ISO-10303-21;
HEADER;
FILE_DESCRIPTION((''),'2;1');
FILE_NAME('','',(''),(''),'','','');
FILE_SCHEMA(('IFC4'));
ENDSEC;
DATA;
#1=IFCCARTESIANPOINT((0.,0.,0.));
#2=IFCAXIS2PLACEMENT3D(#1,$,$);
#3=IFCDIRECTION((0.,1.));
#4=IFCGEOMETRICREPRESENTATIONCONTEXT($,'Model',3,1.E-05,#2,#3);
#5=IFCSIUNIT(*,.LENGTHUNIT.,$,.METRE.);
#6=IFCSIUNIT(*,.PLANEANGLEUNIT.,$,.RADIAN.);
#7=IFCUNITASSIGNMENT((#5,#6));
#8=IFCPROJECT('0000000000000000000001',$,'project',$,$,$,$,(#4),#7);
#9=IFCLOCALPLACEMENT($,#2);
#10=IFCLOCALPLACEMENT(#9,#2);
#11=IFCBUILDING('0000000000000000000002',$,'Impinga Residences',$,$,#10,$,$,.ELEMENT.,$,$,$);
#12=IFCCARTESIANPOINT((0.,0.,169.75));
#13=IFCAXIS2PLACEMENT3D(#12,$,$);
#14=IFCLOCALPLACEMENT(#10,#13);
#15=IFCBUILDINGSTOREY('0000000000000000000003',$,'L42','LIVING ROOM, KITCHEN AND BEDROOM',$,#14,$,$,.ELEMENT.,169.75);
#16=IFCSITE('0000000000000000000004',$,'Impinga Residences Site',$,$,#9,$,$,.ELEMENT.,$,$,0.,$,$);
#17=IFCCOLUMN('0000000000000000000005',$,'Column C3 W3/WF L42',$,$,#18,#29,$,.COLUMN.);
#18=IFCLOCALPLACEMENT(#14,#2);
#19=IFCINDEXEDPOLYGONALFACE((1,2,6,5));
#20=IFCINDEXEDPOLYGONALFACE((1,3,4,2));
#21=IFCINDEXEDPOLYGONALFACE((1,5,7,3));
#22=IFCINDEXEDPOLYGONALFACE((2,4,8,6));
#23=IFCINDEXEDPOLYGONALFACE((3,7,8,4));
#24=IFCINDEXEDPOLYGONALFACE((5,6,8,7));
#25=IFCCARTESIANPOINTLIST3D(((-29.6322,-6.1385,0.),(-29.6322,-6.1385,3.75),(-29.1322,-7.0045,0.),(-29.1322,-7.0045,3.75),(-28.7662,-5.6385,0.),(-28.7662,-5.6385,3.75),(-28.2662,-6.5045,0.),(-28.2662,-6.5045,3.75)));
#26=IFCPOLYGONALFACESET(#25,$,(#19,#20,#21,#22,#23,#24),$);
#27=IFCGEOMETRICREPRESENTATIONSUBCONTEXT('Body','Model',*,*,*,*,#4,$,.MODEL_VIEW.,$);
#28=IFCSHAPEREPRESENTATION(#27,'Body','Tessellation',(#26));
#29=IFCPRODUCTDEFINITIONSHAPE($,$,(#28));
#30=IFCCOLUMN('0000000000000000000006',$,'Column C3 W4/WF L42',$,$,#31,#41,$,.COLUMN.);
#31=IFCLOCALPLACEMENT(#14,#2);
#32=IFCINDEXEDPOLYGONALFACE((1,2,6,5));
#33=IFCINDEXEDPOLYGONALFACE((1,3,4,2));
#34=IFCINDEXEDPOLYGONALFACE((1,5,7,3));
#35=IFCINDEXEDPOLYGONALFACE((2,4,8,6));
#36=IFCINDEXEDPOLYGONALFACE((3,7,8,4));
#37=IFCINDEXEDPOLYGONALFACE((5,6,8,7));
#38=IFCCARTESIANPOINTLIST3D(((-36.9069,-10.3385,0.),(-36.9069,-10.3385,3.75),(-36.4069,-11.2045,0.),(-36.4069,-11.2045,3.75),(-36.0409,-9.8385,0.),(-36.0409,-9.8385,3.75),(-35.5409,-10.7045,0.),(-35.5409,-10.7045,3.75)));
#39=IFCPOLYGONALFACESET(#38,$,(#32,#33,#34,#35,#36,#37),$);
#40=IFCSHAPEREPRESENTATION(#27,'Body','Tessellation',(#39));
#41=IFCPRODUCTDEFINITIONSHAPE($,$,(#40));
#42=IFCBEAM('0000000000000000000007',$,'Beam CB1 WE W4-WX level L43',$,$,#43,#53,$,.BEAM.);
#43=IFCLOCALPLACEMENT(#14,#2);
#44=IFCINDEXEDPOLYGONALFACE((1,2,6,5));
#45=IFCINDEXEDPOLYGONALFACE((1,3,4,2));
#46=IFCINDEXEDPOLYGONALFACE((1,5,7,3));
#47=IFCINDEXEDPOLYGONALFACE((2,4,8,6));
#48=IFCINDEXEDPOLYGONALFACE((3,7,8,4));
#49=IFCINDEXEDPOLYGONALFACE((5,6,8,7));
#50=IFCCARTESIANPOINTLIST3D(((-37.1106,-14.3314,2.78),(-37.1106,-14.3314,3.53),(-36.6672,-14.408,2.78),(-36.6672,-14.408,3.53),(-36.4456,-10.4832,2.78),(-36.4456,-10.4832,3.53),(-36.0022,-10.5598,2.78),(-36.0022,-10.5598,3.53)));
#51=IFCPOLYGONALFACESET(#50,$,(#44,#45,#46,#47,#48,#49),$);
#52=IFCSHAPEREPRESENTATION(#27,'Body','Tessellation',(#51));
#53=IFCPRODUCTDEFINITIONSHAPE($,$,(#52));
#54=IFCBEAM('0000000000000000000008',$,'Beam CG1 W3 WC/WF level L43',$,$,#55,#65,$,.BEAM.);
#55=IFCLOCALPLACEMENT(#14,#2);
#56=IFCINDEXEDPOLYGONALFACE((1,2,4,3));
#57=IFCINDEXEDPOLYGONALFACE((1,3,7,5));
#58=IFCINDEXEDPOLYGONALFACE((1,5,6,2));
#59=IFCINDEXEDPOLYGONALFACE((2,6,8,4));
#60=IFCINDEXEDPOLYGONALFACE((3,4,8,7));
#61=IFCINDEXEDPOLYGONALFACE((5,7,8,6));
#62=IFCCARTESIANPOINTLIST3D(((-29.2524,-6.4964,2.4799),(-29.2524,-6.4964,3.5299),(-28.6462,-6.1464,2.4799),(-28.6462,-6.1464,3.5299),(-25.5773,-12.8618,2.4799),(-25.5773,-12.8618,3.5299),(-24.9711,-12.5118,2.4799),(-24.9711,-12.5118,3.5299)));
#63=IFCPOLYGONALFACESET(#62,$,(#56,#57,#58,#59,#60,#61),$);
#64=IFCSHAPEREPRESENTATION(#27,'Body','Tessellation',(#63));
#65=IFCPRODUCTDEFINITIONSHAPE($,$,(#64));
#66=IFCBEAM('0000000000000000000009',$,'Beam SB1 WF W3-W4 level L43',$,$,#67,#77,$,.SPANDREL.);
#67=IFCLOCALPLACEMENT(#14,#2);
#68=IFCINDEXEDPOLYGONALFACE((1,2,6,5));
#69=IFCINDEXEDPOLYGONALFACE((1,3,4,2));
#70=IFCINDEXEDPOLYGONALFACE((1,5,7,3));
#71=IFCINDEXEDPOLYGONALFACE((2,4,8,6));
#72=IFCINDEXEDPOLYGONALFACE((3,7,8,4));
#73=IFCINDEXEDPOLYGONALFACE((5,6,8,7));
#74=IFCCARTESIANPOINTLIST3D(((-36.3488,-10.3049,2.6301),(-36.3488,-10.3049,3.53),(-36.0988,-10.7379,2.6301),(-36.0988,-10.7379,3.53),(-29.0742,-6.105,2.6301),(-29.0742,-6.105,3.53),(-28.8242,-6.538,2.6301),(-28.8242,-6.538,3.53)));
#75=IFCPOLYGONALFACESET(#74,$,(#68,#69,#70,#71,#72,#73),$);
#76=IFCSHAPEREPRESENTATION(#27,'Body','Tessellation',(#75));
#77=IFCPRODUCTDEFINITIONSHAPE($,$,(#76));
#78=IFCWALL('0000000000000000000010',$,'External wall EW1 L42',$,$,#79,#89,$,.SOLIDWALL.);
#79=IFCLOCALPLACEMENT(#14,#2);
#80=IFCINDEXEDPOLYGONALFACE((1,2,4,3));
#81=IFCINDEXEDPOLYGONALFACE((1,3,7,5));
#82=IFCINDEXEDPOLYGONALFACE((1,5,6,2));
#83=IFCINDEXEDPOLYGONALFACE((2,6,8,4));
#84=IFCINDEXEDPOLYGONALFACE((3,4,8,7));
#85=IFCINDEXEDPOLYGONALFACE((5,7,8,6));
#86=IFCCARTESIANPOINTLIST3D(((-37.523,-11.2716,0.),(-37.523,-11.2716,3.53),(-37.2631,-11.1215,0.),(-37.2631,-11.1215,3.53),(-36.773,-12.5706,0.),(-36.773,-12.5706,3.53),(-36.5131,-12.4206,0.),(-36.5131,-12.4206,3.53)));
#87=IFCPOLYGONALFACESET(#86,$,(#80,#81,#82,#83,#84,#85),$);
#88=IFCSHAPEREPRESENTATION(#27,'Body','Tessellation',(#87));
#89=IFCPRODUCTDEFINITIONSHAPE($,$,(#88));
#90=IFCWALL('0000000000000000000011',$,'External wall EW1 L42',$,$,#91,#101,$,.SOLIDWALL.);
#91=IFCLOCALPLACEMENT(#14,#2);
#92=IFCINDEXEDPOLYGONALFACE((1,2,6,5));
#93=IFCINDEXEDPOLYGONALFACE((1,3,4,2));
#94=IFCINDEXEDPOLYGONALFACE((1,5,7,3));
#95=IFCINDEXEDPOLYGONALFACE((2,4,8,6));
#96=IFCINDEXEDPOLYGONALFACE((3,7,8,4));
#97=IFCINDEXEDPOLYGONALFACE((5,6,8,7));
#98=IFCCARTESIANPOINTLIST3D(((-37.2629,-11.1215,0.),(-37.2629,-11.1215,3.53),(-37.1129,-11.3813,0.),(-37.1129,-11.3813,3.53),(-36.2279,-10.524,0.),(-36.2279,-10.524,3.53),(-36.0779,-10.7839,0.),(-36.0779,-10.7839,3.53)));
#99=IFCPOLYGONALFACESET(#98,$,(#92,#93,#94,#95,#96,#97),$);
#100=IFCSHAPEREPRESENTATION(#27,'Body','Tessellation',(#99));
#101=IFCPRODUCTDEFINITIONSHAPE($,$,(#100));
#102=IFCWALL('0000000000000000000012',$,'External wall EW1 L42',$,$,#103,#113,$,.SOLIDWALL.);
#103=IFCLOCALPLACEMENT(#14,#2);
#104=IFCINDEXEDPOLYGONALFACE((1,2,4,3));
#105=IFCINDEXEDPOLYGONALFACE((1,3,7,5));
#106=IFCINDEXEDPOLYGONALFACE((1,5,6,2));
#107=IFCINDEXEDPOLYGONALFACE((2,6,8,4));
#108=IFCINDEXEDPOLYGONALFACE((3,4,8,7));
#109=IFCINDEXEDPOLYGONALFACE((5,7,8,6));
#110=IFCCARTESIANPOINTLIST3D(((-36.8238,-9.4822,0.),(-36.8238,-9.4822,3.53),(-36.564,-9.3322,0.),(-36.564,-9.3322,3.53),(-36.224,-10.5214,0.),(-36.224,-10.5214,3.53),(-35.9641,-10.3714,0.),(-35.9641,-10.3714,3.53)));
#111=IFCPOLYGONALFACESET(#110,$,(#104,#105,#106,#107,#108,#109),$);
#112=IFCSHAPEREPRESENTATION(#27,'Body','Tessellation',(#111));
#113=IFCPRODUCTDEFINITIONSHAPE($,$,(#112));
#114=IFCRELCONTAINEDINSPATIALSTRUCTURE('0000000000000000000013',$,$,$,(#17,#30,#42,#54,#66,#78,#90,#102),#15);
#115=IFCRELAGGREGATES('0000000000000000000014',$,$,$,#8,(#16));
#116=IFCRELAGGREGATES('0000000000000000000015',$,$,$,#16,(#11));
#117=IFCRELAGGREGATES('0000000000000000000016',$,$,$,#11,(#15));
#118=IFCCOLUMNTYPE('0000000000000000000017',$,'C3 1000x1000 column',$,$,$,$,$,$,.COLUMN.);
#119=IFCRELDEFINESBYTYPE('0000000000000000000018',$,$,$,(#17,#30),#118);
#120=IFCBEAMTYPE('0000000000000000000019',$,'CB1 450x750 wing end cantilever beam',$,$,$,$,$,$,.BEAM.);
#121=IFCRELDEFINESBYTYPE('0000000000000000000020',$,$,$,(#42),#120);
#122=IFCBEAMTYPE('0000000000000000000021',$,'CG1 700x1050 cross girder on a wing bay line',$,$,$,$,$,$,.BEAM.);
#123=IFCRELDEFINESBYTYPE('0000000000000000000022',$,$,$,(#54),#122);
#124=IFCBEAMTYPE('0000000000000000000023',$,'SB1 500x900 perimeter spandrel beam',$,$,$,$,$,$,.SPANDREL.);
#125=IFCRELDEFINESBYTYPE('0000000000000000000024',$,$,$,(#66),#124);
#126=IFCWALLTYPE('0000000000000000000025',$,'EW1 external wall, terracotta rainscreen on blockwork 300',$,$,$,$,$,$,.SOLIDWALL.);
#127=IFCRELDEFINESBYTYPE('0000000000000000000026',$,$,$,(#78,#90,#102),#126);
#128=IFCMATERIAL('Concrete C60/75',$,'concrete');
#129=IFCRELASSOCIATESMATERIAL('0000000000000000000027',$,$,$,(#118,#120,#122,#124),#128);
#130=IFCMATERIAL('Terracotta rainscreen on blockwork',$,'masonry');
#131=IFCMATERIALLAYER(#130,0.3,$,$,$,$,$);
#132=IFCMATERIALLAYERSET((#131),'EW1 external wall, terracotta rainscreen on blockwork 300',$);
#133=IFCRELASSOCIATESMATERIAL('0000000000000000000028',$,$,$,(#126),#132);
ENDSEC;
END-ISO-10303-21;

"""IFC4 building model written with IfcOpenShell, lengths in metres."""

from ifc_helpers import new_model, si_unit, direction, frame, frame_2d, origin, origin_2d, place, context, subcontext, project, spatial, rectangle, extrude, material, layer, layer_set, material_profile, profile_set, type_object, element, save


model = new_model("IFC4")

# Units and contexts
model_context = context("Model", 3, precision=1e-05, world=origin(), true_north=direction((0.0, 1.0)))
body_context = subcontext(model_context, "Body", "Model", "MODEL_VIEW")
ifc_project = project(units=[si_unit("LENGTHUNIT", "METRE"), si_unit("PLANEANGLEUNIT", "RADIAN")], contexts=[model_context])

# Site, building, storey
site_placement = place(None, origin())
site = spatial("IfcSite", under=ifc_project, at=site_placement, Name="Impinga Residences Site", CompositionType="ELEMENT", RefElevation=0.0)
building_placement = place(site_placement, origin())
building = spatial("IfcBuilding", under=site, at=building_placement, Name="Impinga Residences", CompositionType="ELEMENT")
storey_placement = place(building_placement, frame((0.0, 0.0, 169.75)))
storey = spatial("IfcBuildingStorey", under=building, at=storey_placement, Name="L42", Description="LIVING ROOM, KITCHEN AND BEDROOM", CompositionType="ELEMENT", Elevation=169.75)

# Columns
ifc_material_1 = material(Name="Concrete C60/75", Category="concrete")
ifc_material_profile_1 = material_profile(ifc_material_1, rectangle(XDim=1.0, YDim=1.0, at=origin_2d()), Name="RC 1000x1000")
ifc_profile_set_1 = profile_set([ifc_material_profile_1], Name="Concrete C60/75")
column_type = type_object("IfcColumnType", Name="C3 1000x1000 column", PredefinedType="COLUMN", material=ifc_profile_set_1)
for number, where, z_axis, x_axis, name in (
    (1, (-28.9492, -6.3215, 0.0), (0.0, 0.0, 1.0), (-0.5, 0.866025, 0.0), "Column C3 W3/WF L42"),
    (2, (-36.2239, -10.5215, 0.0), (0.0, 0.0, 1.0), (-0.5, 0.866025, 0.0), "Column C3 W4/WF L42"),
):
    element("IfcColumn", number, at=place(storey_placement, frame(where, z_axis=z_axis, x_axis=x_axis)), inside=storey, type_object=column_type, Name=name, PredefinedType="COLUMN", context=body_context, shape_type="SweptSolid", body=[
        extrude(rectangle(XDim=1.0, YDim=1.0, at=origin_2d()), origin(), (0.0, 0.0, 1.0), 3.75),
    ])

# Beams
ifc_material_profile_2 = material_profile(ifc_material_1, rectangle(XDim=0.45, YDim=0.75, at=origin_2d()), Name="RC 450x750")
ifc_profile_set_2 = profile_set([ifc_material_profile_2], Name="Concrete C60/75")
beam_type_1 = type_object("IfcBeamType", Name="CB1 450x750 wing end cantilever beam", PredefinedType="BEAM", material=ifc_profile_set_2)
beam_1_placement = place(storey_placement, frame((-36.2239, -10.5215, 3.155), z_axis=(-0.170296, -0.985393, 0.0), x_axis=(0.985393, -0.170296, 0.0)))
element("IfcBeam", 3, at=beam_1_placement, inside=storey, type_object=beam_type_1, Name="Beam CB1 WE W4-WX level L43", PredefinedType="BEAM", context=body_context, shape_type="SweptSolid", body=[
    extrude(rectangle(XDim=0.45, YDim=0.75, at=origin_2d()), origin(), (0.0, 0.0, 1.0), 3.9053),
])
ifc_material_profile_3 = material_profile(ifc_material_1, rectangle(XDim=0.7, YDim=1.05, at=origin_2d()), Name="RC 700x1050")
ifc_profile_set_3 = profile_set([ifc_material_profile_3], Name="Concrete C60/75")
beam_type_2 = type_object("IfcBeamType", Name="CG1 700x1050 cross girder on a wing bay line", PredefinedType="BEAM", material=ifc_profile_set_3)
beam_2_placement = place(storey_placement, frame((-25.2742, -12.6868, 3.0049), z_axis=(-0.500008, 0.866021, 0.0), x_axis=(-0.866021, -0.500008, 0.0)))
element("IfcBeam", 4, at=beam_2_placement, inside=storey, type_object=beam_type_2, Name="Beam CG1 W3 WC/WF level L43", PredefinedType="BEAM", context=body_context, shape_type="SweptSolid", body=[
    extrude(rectangle(XDim=0.7, YDim=1.05, at=origin_2d()), origin(), (0.0, 0.0, 1.0), 7.3501),
])
ifc_material_profile_4 = material_profile(ifc_material_1, rectangle(XDim=0.5, YDim=0.8999, at=origin_2d()), Name="RC 500x900")
ifc_profile_set_4 = profile_set([ifc_material_profile_4], Name="Concrete C60/75")
beam_type_3 = type_object("IfcBeamType", Name="SB1 500x900 perimeter spandrel beam", PredefinedType="SPANDREL", material=ifc_profile_set_4)
beam_3_placement = place(storey_placement, frame((-28.9492, -6.3215, 3.0801), z_axis=(-0.866029, -0.499993, 0.0), x_axis=(0.499993, -0.866029, 0.0)))
element("IfcBeam", 5, at=beam_3_placement, inside=storey, type_object=beam_type_3, Name="Beam SB1 WF W3-W4 level L43", PredefinedType="SPANDREL", context=body_context, shape_type="SweptSolid", body=[
    extrude(rectangle(XDim=0.5, YDim=0.8999, at=origin_2d()), origin(), (0.0, 0.0, 1.0), 8.3999),
])

# Walls
ifc_material_2 = material(Name="Terracotta rainscreen on blockwork", Category="masonry")
ifc_layer_1 = layer(ifc_material_2, 0.3)
ifc_layer_set_1 = layer_set([ifc_layer_1], Name="EW1 external wall, terracotta rainscreen on blockwork 300")
wall_type_1 = type_object("IfcWallType", Name="EW1 external wall, terracotta rainscreen on blockwork 300", PredefinedType="SOLIDWALL", material=ifc_layer_set_1)
wall_1_placement = place(storey_placement, frame((-36.6431, -12.4956, 0.0), z_axis=(0.0, 0.0, 1.0), x_axis=(-0.49999, 0.866031, 0.0)))
element("IfcWall", 6, at=wall_1_placement, inside=storey, type_object=wall_type_1, Name="External wall EW1 L42", PredefinedType="SOLIDWALL", context=body_context, shape_type="SweptSolid", body=[
    extrude(rectangle(XDim=1.5, YDim=0.3, at=frame_2d((0.75, 0.0))), origin(), (0.0, 0.0, 1.0), 3.53),
])
wall_2_placement = place(storey_placement, frame((-37.188, -11.2515, 0.0), z_axis=(0.0, 0.0, 1.0), x_axis=(0.86606, 0.499941, 0.0)))
element("IfcWall", 7, at=wall_2_placement, inside=storey, type_object=wall_type_1, Name="External wall EW1 L42", PredefinedType="SOLIDWALL", context=body_context, shape_type="SweptSolid", body=[
    extrude(rectangle(XDim=1.1951, YDim=0.3, at=frame_2d((0.5977, 0.0))), origin(), (0.0, 0.0, 1.0), 3.53),
])
wall_3_placement = place(storey_placement, frame((-36.094, -10.4465, 0.0), z_axis=(0.0, 0.0, 1.0), x_axis=(-0.499881, 0.866094, 0.0)))
element("IfcWall", 8, at=wall_3_placement, inside=storey, type_object=wall_type_1, Name="External wall EW1 L42", PredefinedType="SOLIDWALL", context=body_context, shape_type="SweptSolid", body=[
    extrude(rectangle(XDim=1.2, YDim=0.3, at=frame_2d((0.6001, 0.0))), origin(), (0.0, 0.0, 1.0), 3.53),
])

save(model, "model.ifc")
